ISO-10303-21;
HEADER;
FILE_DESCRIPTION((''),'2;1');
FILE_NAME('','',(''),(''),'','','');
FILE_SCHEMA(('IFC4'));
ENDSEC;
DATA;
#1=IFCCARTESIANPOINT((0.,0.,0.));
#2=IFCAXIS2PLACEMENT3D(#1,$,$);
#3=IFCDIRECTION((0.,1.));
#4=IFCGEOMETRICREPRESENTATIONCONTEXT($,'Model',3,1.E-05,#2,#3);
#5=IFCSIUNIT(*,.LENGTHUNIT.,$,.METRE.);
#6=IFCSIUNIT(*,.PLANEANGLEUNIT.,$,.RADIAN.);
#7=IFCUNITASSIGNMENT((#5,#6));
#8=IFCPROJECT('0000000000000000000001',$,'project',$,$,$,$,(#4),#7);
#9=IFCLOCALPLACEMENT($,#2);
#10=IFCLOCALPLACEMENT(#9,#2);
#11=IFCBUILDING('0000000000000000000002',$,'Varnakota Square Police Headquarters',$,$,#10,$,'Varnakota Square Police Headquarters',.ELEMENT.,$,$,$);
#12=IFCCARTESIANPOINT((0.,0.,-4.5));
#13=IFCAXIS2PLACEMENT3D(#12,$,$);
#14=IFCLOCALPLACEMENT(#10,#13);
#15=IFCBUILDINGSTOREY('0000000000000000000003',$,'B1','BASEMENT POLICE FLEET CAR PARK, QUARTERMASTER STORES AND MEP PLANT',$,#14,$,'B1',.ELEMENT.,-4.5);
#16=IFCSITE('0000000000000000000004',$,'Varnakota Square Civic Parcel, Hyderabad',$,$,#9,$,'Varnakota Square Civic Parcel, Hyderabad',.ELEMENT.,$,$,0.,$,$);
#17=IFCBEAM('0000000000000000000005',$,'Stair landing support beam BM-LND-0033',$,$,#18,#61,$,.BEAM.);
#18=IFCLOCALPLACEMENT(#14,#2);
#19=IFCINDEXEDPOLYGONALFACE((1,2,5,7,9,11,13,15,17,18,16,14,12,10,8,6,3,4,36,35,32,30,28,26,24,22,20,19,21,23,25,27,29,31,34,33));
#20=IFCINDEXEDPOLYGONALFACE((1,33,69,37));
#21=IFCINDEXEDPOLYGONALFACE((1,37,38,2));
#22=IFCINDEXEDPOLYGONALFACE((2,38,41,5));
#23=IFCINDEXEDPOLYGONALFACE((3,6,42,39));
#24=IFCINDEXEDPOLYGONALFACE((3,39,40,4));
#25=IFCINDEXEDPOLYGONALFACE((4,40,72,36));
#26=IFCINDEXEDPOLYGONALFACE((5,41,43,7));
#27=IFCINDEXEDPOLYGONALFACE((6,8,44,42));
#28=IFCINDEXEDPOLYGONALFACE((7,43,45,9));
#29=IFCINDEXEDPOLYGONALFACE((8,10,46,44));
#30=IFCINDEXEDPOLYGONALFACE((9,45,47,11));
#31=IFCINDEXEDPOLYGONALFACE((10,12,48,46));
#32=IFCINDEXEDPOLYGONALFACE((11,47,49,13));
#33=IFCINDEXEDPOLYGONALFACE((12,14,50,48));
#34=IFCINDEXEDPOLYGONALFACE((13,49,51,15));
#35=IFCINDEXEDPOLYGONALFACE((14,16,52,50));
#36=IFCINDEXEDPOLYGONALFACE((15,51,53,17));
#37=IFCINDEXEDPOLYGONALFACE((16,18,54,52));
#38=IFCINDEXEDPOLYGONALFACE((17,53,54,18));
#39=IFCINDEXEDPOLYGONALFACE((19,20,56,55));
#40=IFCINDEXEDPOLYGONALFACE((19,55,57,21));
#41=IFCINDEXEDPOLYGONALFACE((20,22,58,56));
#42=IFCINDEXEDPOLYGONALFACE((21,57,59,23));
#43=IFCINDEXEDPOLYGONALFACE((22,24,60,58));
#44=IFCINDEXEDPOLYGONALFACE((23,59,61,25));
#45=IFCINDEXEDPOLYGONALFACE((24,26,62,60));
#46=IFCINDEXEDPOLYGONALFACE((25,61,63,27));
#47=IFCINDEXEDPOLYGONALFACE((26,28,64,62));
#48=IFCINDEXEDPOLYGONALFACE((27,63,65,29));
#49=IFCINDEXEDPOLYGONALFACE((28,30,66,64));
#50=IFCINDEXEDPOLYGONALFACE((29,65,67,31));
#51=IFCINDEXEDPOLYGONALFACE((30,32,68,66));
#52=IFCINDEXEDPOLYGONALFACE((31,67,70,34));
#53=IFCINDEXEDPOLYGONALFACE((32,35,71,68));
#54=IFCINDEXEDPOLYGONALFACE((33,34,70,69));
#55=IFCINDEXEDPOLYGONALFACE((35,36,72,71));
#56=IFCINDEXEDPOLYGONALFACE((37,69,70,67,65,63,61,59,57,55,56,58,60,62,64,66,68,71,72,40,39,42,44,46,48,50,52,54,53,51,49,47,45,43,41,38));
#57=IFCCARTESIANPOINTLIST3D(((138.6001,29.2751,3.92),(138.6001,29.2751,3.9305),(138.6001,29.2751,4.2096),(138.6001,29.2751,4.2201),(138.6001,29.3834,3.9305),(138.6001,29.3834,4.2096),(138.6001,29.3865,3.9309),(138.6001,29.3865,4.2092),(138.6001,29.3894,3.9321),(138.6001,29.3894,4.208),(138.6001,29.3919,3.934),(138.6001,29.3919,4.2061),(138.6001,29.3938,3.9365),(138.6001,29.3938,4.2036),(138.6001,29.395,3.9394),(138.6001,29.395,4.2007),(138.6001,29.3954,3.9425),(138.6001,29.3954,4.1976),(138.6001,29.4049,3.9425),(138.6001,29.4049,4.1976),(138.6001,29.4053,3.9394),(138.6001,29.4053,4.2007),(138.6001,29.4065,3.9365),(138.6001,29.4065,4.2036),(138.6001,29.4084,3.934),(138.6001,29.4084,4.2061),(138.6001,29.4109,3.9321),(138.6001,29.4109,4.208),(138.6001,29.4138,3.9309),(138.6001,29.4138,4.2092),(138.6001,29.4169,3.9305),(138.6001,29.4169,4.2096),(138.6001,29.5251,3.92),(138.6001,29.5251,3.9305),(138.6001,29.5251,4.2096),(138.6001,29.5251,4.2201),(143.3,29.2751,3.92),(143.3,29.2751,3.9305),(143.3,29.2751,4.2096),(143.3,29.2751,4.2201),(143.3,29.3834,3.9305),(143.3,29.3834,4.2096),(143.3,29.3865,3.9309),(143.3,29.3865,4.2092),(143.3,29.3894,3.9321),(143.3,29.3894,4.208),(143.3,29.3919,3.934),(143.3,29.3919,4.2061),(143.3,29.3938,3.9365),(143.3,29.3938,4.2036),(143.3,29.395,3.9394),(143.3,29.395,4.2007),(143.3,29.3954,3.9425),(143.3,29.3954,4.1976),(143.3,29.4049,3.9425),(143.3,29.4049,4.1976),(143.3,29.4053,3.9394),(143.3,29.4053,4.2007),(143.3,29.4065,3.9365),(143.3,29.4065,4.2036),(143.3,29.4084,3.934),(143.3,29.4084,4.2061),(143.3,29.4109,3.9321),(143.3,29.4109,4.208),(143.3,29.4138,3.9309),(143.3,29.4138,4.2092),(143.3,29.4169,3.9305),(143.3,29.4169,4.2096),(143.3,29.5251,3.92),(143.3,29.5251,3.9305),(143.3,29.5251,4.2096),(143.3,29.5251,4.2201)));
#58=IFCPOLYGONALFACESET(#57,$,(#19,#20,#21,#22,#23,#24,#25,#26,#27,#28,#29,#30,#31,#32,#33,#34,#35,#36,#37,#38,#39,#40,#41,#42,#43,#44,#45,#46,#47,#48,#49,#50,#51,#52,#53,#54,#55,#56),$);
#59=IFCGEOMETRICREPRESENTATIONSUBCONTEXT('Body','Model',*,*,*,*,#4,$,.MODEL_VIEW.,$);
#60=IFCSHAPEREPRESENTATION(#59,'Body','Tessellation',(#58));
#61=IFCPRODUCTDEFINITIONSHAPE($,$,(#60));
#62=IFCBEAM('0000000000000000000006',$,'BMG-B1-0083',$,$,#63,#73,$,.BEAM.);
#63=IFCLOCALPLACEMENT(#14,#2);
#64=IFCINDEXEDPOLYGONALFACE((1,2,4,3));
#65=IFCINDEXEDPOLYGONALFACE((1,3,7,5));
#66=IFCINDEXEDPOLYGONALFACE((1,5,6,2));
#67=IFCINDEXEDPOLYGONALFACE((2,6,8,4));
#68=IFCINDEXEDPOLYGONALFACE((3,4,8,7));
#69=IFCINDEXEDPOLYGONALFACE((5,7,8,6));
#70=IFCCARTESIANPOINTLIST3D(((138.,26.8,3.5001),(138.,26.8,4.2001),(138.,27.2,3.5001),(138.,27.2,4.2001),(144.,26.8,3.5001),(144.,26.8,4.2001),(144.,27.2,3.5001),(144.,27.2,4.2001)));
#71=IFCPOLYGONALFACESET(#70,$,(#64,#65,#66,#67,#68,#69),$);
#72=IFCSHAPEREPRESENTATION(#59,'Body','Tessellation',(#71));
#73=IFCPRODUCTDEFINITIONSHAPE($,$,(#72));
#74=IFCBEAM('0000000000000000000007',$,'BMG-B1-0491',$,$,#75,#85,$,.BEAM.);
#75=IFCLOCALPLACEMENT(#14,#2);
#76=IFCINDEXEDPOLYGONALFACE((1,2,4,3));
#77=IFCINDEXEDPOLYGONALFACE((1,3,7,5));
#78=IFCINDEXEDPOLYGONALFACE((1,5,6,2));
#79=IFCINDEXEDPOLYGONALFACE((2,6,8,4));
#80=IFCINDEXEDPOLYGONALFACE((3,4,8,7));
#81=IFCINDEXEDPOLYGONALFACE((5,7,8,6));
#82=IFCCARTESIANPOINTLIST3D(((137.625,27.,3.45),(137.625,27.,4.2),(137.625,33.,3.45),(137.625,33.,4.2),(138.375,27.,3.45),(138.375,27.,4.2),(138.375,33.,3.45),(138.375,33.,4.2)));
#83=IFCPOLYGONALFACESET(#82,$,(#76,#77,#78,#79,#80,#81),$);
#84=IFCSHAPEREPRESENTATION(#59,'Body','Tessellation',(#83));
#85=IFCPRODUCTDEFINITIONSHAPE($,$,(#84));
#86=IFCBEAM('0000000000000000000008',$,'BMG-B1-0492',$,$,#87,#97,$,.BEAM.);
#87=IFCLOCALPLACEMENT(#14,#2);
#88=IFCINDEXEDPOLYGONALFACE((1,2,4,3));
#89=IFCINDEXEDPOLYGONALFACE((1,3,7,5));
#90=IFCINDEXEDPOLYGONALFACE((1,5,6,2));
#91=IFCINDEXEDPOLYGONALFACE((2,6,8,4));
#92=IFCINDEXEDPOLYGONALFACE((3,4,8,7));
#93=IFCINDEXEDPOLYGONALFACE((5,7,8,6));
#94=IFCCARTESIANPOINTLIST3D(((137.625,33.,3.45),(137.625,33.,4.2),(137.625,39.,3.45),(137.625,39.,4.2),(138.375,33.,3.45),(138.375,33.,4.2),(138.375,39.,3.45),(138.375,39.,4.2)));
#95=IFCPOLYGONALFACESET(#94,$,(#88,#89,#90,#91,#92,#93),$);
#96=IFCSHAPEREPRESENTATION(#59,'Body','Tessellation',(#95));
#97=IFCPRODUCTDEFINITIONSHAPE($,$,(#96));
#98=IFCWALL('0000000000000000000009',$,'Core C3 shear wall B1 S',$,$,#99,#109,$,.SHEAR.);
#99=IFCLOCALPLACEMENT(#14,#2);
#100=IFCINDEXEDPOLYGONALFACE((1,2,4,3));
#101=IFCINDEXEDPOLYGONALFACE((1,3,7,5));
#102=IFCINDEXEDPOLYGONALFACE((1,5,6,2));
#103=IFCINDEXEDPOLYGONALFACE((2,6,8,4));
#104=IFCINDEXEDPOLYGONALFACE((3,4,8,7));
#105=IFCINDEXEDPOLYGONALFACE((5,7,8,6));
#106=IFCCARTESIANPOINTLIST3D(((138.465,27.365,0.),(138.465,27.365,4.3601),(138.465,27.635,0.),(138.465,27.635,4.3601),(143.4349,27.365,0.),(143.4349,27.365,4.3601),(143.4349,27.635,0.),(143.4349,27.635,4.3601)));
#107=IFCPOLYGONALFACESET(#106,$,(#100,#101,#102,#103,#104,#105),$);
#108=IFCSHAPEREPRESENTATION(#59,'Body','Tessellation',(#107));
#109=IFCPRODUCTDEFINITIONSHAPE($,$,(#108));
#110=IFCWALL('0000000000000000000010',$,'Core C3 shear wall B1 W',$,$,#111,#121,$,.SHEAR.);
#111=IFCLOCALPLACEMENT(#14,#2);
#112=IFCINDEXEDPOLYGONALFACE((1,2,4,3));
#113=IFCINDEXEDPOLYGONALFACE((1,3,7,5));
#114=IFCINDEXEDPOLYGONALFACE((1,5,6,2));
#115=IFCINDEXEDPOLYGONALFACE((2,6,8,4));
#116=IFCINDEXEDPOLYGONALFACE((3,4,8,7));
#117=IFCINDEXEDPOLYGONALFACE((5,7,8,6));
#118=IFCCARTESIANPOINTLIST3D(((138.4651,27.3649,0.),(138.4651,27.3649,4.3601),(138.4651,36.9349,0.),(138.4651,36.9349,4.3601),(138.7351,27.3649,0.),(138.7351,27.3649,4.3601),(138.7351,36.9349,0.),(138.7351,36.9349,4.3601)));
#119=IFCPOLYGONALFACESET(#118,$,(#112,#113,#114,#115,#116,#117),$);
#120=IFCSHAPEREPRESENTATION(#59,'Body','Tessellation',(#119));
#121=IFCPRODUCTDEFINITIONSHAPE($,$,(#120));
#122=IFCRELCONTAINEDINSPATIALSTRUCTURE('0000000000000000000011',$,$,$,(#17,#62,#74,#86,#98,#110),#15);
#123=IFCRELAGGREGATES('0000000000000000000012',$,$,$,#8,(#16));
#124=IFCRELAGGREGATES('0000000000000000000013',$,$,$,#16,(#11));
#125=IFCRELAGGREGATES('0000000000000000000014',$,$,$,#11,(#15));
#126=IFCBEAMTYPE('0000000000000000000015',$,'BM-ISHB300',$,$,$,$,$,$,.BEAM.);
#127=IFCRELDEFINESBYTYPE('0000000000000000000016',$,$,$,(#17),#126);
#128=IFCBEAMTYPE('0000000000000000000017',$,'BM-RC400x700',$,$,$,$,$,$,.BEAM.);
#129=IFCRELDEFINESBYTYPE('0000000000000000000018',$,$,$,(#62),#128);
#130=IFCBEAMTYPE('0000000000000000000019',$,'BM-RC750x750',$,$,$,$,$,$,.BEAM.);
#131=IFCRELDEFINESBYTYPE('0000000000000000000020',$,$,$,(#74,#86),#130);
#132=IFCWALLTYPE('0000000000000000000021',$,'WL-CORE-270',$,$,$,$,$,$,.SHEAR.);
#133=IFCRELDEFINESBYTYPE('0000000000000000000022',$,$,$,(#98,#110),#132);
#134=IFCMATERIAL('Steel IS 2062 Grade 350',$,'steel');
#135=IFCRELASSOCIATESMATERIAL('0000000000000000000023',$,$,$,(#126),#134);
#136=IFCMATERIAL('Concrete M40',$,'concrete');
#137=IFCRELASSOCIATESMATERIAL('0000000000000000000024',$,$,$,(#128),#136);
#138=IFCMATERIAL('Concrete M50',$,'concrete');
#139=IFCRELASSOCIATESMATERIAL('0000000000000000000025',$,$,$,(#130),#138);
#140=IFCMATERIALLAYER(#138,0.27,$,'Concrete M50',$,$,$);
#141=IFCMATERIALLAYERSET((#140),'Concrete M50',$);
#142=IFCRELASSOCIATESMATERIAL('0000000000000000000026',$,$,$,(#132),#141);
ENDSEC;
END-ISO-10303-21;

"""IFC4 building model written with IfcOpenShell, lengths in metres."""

from ifc_helpers import new_model, si_unit, direction, frame, frame_2d, origin, origin_2d, place, context, subcontext, project, spatial, rectangle, i_section, extrude, material, layer, layer_set, material_profile, profile_set, type_object, element, save


model = new_model("IFC4")

# Units and contexts
model_context = context("Model", 3, precision=1e-05, world=origin(), true_north=direction((0.0, 1.0)))
body_context = subcontext(model_context, "Body", "Model", "MODEL_VIEW")
ifc_project = project(units=[si_unit("LENGTHUNIT", "METRE"), si_unit("PLANEANGLEUNIT", "RADIAN")], contexts=[model_context])

# Site, building, storey
site_placement = place(None, origin())
site = spatial("IfcSite", under=ifc_project, at=site_placement, Name="Varnakota Square Civic Parcel, Hyderabad", LongName="Varnakota Square Civic Parcel, Hyderabad", CompositionType="ELEMENT", RefElevation=0.0)
building_placement = place(site_placement, origin())
building = spatial("IfcBuilding", under=site, at=building_placement, Name="Varnakota Square Police Headquarters", LongName="Varnakota Square Police Headquarters", CompositionType="ELEMENT")
storey_placement = place(building_placement, frame((0.0, 0.0, -4.5)))
storey = spatial("IfcBuildingStorey", under=building, at=storey_placement, Name="B1", Description="BASEMENT POLICE FLEET CAR PARK, QUARTERMASTER STORES AND MEP PLANT", LongName="B1", CompositionType="ELEMENT", Elevation=-4.5)

# Shared definitions
ifc_material_1 = material(Name="Concrete M40", Category="concrete")
ifc_material_2 = material(Name="Concrete M50", Category="concrete")

# Beams
ifc_material_3 = material(Name="Steel IS 2062 Grade 350", Category="steel")
ifc_material_profile_1 = material_profile(ifc_material_3, i_section(OverallWidth=0.25, OverallDepth=0.3, WebThickness=0.0095, FlangeThickness=0.0105, FilletRadius=0.012, at=origin_2d()), Name="ISHB 300")
ifc_profile_set_1 = profile_set([ifc_material_profile_1], Name="Steel IS 2062 Grade 350")
beam_type_1 = type_object("IfcBeamType", Name="BM-ISHB300", PredefinedType="BEAM", material=ifc_profile_set_1)
beam_1_placement = place(storey_placement, frame((138.6001, 29.4001, 4.0701), z_axis=(1.0, 0.0, 0.0), x_axis=(0.0, 1.0, 0.0)))
element("IfcBeam", 1, at=beam_1_placement, inside=storey, type_object=beam_type_1, Name="Stair landing support beam BM-LND-0033", PredefinedType="BEAM", context=body_context, shape_type="SweptSolid", body=[
    extrude(i_section(OverallWidth=0.25, OverallDepth=0.3, WebThickness=0.0095, FlangeThickness=0.0105, FilletRadius=0.012, at=origin_2d()), origin(), (0.0, 0.0, 1.0), 4.7),
])
ifc_material_profile_2 = material_profile(ifc_material_1, rectangle(XDim=0.3999, YDim=0.7, at=origin_2d()), Name="RC 400x700")
ifc_profile_set_2 = profile_set([ifc_material_profile_2], Name="Concrete M40")
beam_type_2 = type_object("IfcBeamType", Name="BM-RC400x700", PredefinedType="BEAM", material=ifc_profile_set_2)
beam_2_placement = place(storey_placement, frame((138.0, 27.0, 3.8501), z_axis=(1.0, 0.0, 0.0), x_axis=(0.0, 1.0, 0.0)))
element("IfcBeam", 2, at=beam_2_placement, inside=storey, type_object=beam_type_2, Name="BMG-B1-0083", PredefinedType="BEAM", context=body_context, shape_type="SweptSolid", body=[
    extrude(rectangle(XDim=0.3999, YDim=0.7, at=origin_2d()), origin(), (0.0, 0.0, 1.0), 6.0),
])
ifc_material_profile_3 = material_profile(ifc_material_2, rectangle(XDim=0.75, YDim=0.75, at=origin_2d()), Name="RC 750x750")
ifc_profile_set_3 = profile_set([ifc_material_profile_3], Name="Concrete M50")
beam_type_3 = type_object("IfcBeamType", Name="BM-RC750x750", PredefinedType="BEAM", material=ifc_profile_set_3)
for number, where, z_axis, x_axis, name in (
    (3, (138.0, 27.0, 3.825), (0.0, 1.0, 0.0), (-1.0, 0.0, 0.0), "BMG-B1-0491"),
    (4, (138.0, 33.0, 3.825), (0.0, 1.0, 0.0), (-1.0, 0.0, 0.0), "BMG-B1-0492"),
):
    element("IfcBeam", number, at=place(storey_placement, frame(where, z_axis=z_axis, x_axis=x_axis)), inside=storey, type_object=beam_type_3, Name=name, PredefinedType="BEAM", context=body_context, shape_type="SweptSolid", body=[
        extrude(rectangle(XDim=0.75, YDim=0.75, at=origin_2d()), origin(), (0.0, 0.0, 1.0), 6.0),
    ])

# Walls
ifc_layer = layer(ifc_material_2, 0.27, Name="Concrete M50")
ifc_layer_set = layer_set([ifc_layer], Name="Concrete M50")
wall_type = type_object("IfcWallType", Name="WL-CORE-270", PredefinedType="SHEAR", material=ifc_layer_set)
wall_1_placement = place(storey_placement, frame((138.4651, 27.5, 0.0), z_axis=(0.0, 0.0, 1.0), x_axis=(1.0, 0.0, 0.0)))
element("IfcWall", 5, at=wall_1_placement, inside=storey, type_object=wall_type, Name="Core C3 shear wall B1 S", PredefinedType="SHEAR", context=body_context, shape_type="SweptSolid", body=[
    extrude(rectangle(XDim=4.97, YDim=0.27, at=frame_2d((2.4849, 0.0))), origin(), (0.0, 0.0, 1.0), 4.3601),
])
wall_2_placement = place(storey_placement, frame((138.6001, 36.9351, 0.0), z_axis=(0.0, 0.0, 1.0), x_axis=(0.0, -1.0, 0.0)))
element("IfcWall", 6, at=wall_2_placement, inside=storey, type_object=wall_type, Name="Core C3 shear wall B1 W", PredefinedType="SHEAR", context=body_context, shape_type="SweptSolid", body=[
    extrude(rectangle(XDim=9.5701, YDim=0.27, at=frame_2d((4.7852, 0.0))), origin(), (0.0, 0.0, 1.0), 4.3601),
])

save(model, "model.ifc")
